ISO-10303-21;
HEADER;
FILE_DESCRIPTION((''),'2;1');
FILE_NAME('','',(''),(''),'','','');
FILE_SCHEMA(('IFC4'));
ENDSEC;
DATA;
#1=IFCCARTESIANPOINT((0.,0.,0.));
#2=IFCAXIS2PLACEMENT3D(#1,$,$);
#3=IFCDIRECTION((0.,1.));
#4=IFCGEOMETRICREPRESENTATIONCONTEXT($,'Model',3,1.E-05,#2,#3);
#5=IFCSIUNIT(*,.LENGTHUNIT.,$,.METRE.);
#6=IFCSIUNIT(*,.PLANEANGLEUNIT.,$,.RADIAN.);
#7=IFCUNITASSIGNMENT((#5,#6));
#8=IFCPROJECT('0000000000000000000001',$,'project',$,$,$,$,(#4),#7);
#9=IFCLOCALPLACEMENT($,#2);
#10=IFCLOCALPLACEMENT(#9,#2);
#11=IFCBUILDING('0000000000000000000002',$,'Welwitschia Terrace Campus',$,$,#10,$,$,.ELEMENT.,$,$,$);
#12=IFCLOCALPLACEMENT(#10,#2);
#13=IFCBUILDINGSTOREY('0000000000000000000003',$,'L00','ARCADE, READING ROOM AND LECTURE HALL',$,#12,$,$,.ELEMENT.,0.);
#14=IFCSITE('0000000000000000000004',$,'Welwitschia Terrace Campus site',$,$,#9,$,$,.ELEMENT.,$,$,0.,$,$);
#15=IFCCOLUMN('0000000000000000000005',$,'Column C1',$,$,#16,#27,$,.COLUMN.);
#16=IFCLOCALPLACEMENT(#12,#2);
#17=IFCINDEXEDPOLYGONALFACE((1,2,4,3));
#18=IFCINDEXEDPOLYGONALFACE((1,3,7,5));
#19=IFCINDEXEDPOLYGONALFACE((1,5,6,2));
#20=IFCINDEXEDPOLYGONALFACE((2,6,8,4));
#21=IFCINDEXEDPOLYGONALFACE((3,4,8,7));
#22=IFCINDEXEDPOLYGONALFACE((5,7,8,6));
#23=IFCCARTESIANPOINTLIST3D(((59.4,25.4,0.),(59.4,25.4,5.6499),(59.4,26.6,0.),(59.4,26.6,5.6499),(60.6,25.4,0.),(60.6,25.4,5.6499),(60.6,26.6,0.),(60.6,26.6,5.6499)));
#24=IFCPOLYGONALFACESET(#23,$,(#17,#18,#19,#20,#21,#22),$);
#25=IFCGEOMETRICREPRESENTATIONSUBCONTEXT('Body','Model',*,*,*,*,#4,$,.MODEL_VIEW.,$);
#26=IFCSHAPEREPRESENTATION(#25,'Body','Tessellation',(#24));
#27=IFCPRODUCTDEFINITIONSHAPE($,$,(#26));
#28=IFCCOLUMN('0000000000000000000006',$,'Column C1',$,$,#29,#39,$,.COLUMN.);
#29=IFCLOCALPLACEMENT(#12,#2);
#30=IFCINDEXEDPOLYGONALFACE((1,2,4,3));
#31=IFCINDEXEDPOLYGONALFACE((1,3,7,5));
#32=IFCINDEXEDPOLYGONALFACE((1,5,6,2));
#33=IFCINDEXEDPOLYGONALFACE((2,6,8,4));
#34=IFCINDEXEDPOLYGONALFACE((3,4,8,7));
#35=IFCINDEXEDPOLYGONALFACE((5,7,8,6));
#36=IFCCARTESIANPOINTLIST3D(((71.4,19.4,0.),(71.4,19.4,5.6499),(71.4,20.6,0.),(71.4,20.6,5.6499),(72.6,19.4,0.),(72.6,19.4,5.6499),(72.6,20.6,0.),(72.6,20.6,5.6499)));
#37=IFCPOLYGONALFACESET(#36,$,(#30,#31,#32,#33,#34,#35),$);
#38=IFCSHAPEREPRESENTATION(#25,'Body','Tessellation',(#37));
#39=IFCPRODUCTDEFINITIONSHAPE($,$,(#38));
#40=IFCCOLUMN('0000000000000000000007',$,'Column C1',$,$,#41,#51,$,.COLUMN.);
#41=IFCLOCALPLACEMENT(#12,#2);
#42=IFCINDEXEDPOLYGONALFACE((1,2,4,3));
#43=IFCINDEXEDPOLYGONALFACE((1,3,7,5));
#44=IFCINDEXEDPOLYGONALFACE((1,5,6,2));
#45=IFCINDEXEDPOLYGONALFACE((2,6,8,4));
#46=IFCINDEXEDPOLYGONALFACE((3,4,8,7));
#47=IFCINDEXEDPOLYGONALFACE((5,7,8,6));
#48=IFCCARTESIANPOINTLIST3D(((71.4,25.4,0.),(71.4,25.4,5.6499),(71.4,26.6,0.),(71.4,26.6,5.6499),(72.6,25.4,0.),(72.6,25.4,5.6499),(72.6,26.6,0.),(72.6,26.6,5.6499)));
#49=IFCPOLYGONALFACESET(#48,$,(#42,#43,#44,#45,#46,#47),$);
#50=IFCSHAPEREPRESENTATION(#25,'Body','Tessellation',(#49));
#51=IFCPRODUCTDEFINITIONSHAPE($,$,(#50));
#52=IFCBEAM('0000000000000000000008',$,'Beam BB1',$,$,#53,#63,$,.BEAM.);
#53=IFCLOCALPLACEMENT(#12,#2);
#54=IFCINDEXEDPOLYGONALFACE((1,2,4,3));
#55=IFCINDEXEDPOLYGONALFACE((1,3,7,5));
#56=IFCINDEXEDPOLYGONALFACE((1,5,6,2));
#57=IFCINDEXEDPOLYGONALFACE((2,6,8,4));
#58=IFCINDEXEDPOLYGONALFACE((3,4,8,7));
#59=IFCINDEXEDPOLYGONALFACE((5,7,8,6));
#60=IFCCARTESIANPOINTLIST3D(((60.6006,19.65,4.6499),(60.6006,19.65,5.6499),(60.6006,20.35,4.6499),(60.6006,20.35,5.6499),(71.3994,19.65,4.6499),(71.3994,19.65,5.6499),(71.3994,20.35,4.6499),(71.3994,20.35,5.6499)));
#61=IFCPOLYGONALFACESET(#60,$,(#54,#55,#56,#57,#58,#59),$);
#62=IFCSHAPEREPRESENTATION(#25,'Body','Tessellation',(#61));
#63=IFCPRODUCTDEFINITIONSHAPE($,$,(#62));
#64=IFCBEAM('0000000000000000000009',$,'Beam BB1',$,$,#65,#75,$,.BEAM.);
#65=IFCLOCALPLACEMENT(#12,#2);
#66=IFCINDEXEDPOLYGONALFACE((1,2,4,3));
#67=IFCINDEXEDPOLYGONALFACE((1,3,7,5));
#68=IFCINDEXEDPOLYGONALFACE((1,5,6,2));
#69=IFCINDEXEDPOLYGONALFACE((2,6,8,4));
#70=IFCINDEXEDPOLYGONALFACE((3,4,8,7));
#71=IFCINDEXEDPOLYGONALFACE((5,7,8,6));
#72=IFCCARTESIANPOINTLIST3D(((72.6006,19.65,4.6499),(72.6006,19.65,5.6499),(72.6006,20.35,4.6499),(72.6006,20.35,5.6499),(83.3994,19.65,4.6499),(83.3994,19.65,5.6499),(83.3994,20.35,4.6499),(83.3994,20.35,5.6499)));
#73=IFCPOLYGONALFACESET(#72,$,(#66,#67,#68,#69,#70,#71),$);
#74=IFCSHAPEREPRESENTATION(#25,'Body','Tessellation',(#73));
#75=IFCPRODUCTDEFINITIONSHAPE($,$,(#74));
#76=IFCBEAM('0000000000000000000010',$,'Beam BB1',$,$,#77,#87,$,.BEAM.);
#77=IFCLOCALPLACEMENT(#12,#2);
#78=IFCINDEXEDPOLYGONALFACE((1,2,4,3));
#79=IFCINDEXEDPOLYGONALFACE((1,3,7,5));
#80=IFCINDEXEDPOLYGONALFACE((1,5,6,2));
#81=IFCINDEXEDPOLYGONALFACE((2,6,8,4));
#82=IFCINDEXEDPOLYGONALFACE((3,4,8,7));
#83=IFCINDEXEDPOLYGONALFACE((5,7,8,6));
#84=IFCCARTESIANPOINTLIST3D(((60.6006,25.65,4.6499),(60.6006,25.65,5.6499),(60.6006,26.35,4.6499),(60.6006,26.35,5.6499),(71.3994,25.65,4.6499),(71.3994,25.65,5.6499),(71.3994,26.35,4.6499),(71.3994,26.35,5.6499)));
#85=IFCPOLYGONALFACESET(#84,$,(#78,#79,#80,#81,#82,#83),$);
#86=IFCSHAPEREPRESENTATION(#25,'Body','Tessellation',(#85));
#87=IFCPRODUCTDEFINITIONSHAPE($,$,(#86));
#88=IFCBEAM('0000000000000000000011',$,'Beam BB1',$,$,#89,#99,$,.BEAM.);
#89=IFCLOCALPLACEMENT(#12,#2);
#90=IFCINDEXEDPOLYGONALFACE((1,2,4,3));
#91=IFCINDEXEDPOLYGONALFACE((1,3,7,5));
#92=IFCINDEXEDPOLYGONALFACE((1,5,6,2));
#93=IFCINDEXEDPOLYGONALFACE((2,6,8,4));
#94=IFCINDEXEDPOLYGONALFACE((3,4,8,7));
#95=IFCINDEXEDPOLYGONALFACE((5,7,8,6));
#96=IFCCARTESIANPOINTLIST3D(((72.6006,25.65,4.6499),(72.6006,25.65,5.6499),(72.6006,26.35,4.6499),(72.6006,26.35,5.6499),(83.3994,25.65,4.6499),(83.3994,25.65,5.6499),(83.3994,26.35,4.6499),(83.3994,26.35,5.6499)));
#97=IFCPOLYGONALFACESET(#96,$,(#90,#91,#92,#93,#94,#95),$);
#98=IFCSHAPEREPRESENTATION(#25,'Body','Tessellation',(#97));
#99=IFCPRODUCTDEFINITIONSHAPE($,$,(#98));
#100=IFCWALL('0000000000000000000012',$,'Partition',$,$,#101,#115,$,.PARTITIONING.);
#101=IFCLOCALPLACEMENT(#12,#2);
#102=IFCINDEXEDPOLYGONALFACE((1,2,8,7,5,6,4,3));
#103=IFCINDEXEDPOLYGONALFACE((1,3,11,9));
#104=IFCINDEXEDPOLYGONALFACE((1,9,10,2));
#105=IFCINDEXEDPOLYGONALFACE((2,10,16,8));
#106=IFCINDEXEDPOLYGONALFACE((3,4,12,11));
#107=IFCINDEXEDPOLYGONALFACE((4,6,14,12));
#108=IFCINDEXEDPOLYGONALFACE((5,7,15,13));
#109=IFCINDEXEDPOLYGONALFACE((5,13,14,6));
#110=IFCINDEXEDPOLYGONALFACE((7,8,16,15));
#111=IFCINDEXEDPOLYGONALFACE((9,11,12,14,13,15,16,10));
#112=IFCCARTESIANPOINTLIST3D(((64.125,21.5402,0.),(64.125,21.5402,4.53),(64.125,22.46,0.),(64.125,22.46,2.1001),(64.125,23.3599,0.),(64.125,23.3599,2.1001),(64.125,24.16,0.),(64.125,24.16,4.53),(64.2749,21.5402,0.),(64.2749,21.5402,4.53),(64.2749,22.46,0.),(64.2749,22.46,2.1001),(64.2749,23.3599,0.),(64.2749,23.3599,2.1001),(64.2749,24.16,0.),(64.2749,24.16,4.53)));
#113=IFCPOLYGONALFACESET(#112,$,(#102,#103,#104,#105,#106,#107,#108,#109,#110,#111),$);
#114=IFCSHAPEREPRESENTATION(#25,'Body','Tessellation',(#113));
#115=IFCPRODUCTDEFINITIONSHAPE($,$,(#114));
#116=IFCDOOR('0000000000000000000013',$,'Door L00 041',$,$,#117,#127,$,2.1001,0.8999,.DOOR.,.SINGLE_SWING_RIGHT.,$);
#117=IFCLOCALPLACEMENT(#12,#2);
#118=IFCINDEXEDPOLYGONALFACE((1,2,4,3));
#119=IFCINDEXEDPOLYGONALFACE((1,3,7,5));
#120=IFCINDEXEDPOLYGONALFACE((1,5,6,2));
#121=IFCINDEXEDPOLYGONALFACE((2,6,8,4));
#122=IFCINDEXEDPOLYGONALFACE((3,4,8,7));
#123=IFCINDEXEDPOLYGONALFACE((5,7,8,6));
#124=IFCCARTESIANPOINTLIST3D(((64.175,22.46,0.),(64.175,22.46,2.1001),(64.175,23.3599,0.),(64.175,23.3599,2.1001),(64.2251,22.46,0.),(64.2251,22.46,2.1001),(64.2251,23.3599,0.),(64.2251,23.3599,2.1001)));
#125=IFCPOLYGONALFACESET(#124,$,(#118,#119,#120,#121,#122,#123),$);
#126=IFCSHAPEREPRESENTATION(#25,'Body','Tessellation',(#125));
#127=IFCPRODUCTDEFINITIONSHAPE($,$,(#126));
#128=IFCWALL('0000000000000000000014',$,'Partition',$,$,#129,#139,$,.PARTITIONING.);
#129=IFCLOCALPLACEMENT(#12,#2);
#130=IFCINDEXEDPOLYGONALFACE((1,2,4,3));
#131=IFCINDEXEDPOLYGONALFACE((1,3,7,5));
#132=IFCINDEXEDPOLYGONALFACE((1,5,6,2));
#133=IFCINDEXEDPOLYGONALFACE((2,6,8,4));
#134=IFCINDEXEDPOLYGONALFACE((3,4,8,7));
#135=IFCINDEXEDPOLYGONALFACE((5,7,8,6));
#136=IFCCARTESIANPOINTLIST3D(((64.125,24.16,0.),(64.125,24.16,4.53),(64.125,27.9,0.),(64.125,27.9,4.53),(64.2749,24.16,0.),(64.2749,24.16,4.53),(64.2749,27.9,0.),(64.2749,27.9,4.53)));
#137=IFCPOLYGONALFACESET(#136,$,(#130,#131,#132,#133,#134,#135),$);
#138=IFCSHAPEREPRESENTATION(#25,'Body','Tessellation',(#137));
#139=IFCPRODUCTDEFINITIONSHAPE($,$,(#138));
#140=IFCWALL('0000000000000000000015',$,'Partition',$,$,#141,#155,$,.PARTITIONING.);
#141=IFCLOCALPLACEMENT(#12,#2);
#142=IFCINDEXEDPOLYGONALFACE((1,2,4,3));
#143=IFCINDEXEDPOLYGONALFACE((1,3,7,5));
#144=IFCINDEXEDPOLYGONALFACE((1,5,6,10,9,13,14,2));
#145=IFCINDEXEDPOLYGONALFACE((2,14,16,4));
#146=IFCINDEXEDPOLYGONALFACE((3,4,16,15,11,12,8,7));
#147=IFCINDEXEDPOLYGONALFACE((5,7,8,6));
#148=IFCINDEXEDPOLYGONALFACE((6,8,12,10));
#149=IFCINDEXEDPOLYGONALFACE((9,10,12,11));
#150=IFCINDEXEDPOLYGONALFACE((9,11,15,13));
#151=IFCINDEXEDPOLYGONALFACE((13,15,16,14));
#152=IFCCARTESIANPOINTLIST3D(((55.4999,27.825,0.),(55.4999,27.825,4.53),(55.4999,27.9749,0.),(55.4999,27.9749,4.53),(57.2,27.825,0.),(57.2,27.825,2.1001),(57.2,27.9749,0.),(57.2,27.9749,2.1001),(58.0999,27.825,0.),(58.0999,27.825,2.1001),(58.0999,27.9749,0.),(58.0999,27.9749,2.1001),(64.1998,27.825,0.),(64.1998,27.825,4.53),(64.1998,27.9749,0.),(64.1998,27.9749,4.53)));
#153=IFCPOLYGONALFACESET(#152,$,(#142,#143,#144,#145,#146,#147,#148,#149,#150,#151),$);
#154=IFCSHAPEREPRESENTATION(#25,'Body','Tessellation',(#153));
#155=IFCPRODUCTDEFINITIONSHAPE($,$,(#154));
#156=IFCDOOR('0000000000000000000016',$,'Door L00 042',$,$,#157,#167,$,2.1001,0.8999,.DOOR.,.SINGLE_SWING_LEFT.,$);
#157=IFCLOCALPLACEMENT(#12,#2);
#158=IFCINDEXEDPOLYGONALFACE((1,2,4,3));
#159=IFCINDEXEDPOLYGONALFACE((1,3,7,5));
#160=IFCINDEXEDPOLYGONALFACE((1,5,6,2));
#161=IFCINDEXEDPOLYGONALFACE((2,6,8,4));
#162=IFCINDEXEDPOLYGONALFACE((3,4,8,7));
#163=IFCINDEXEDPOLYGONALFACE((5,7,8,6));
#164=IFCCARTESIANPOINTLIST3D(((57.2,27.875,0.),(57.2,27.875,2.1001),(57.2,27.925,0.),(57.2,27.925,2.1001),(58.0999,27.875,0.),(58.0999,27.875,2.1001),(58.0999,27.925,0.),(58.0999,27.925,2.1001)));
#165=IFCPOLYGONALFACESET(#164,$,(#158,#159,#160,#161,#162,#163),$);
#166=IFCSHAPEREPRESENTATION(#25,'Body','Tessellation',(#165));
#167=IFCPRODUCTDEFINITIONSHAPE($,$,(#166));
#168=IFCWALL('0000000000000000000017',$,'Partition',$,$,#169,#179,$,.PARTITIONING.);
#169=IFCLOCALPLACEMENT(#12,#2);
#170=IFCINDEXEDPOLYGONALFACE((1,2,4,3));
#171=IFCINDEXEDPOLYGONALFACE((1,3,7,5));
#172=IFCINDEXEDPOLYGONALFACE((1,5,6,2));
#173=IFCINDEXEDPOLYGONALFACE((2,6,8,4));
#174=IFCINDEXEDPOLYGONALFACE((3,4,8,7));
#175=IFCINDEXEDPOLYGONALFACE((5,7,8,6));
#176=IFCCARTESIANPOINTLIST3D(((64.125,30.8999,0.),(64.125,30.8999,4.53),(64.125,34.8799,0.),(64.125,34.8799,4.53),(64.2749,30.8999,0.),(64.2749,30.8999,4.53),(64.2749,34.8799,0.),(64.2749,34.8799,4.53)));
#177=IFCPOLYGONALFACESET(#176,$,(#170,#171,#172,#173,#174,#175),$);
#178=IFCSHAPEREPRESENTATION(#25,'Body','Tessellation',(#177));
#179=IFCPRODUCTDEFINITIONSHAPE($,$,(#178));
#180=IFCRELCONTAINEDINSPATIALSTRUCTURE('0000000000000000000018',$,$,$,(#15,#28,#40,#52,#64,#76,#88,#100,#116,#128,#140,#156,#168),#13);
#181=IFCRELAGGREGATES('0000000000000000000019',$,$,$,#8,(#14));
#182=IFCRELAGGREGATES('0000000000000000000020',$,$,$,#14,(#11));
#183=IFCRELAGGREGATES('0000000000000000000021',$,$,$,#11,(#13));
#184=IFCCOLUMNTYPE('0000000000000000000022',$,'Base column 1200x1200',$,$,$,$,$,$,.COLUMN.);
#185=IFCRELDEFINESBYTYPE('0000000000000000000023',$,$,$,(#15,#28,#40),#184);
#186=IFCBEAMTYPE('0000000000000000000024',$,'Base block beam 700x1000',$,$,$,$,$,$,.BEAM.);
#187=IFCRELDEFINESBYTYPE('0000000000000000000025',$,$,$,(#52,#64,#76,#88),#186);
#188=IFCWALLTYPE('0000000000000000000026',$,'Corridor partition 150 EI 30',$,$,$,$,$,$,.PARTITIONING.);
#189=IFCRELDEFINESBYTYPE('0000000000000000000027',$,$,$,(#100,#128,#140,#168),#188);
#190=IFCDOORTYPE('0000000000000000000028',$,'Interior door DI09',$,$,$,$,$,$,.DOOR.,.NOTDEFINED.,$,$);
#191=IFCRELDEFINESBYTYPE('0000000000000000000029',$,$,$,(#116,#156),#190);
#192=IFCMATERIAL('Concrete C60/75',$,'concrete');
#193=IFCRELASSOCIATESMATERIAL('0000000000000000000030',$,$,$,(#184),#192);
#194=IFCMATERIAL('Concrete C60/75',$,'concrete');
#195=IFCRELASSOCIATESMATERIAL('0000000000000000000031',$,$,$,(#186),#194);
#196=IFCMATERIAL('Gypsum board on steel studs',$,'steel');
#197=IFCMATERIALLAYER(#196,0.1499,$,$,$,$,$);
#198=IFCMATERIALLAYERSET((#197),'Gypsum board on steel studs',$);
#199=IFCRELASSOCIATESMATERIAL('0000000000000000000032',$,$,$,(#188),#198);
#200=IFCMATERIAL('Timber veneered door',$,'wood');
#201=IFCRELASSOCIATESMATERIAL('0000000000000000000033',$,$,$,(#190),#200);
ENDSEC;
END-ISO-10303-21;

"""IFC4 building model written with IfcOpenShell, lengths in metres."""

from ifc_helpers import new_model, si_unit, direction, frame, frame_2d, origin, origin_2d, place, context, subcontext, project, spatial, rectangle, extrude, material, layer, layer_set, material_profile, profile_set, type_object, element, fill, save


model = new_model("IFC4")

# Units and contexts
model_context = context("Model", 3, precision=1e-05, world=origin(), true_north=direction((0.0, 1.0)))
body_context = subcontext(model_context, "Body", "Model", "MODEL_VIEW")
ifc_project = project(units=[si_unit("LENGTHUNIT", "METRE"), si_unit("PLANEANGLEUNIT", "RADIAN")], contexts=[model_context])

# Site, building, storey
site_placement = place(None, origin())
site = spatial("IfcSite", under=ifc_project, at=site_placement, Name="Welwitschia Terrace Campus site", CompositionType="ELEMENT", RefElevation=0.0)
building_placement = place(site_placement, origin())
building = spatial("IfcBuilding", under=site, at=building_placement, Name="Welwitschia Terrace Campus", CompositionType="ELEMENT")
storey_placement = place(building_placement, origin())
storey = spatial("IfcBuildingStorey", under=building, at=storey_placement, Name="L00", Description="ARCADE, READING ROOM AND LECTURE HALL", CompositionType="ELEMENT", Elevation=0.0)

# Columns
ifc_material_1 = material(Name="Concrete C60/75", Category="concrete")
ifc_material_profile_1 = material_profile(ifc_material_1, rectangle(XDim=1.2, YDim=1.2, at=origin_2d()))
ifc_profile_set_1 = profile_set([ifc_material_profile_1], Name="Concrete C60/75")
column_type = type_object("IfcColumnType", Name="Base column 1200x1200", PredefinedType="COLUMN", material=ifc_profile_set_1)
for number, where, z_axis, x_axis, name in (
    (1, (60.0, 26.0, 0.0), (0.0, 0.0, 1.0), (1.0, 0.0, 0.0), "Column C1"),
    (2, (72.0, 20.0, 0.0), (0.0, 0.0, 1.0), (1.0, 0.0, 0.0), "Column C1"),
    (3, (72.0, 26.0, 0.0), (0.0, 0.0, 1.0), (1.0, 0.0, 0.0), "Column C1"),
):
    element("IfcColumn", number, at=place(storey_placement, frame(where, z_axis=z_axis, x_axis=x_axis)), inside=storey, type_object=column_type, Name=name, PredefinedType="COLUMN", context=body_context, shape_type="SweptSolid", body=[
        extrude(rectangle(XDim=1.2, YDim=1.2, at=origin_2d()), origin(), (0.0, 0.0, 1.0), 5.6499),
    ])

# Beams
ifc_material_2 = material(Name="Concrete C60/75", Category="concrete")
ifc_material_profile_2 = material_profile(ifc_material_2, rectangle(XDim=0.7, YDim=1.0, at=origin_2d()))
ifc_profile_set_2 = profile_set([ifc_material_profile_2], Name="Concrete C60/75")
beam_type = type_object("IfcBeamType", Name="Base block beam 700x1000", PredefinedType="BEAM", material=ifc_profile_set_2)
for number, where, z_axis, x_axis, name in (
    (4, (60.6006, 20.0, 5.1499), (1.0, 0.0, 0.0), (0.0, 1.0, 0.0), "Beam BB1"),
    (5, (72.6006, 20.0, 5.1499), (1.0, 0.0, 0.0), (0.0, 1.0, 0.0), "Beam BB1"),
    (6, (60.6006, 26.0, 5.1499), (1.0, 0.0, 0.0), (0.0, 1.0, 0.0), "Beam BB1"),
    (7, (72.6006, 26.0, 5.1499), (1.0, 0.0, 0.0), (0.0, 1.0, 0.0), "Beam BB1"),
):
    element("IfcBeam", number, at=place(storey_placement, frame(where, z_axis=z_axis, x_axis=x_axis)), inside=storey, type_object=beam_type, Name=name, PredefinedType="BEAM", context=body_context, shape_type="SweptSolid", body=[
        extrude(rectangle(XDim=0.7, YDim=1.0, at=origin_2d()), origin(), (0.0, 0.0, 1.0), 10.7988),
    ])

# Wall, opening, door
ifc_material_3 = material(Name="Gypsum board on steel studs", Category="steel")
ifc_layer = layer(ifc_material_3, 0.1499)
ifc_layer_set = layer_set([ifc_layer], Name="Gypsum board on steel studs")
wall_type = type_object("IfcWallType", Name="Corridor partition 150 EI 30", PredefinedType="PARTITIONING", material=ifc_layer_set)
wall_1_placement = place(storey_placement, frame((64.2, 21.54, 0.0), z_axis=(0.0, 0.0, 1.0), x_axis=(0.0, 1.0, 0.0)))
wall_1 = element("IfcWall", 8, at=wall_1_placement, inside=storey, type_object=wall_type, Name="Partition", PredefinedType="PARTITIONING", context=body_context, shape_type="SweptSolid", body=[
    extrude(rectangle(XDim=2.6199, YDim=0.1499, at=frame_2d((1.3101, 0.0))), origin(), (0.0, 0.0, 1.0), 4.53),
])
opening_1_placement = place(wall_1_placement, frame((0.9199, 0.0, 0.0)))
opening_1 = element("IfcOpeningElement", 9, at=opening_1_placement, cuts=wall_1, PredefinedType="OPENING", context=body_context, shape_type="SweptSolid", body=[
    extrude(rectangle(XDim=0.8999, YDim=2.1001, at=frame_2d((0.45, 1.05))), frame((0.0, 0.085, 0.0), z_axis=(0.0, -1.0, 0.0), x_axis=(1.0, 0.0, 0.0)), (0.0, 0.0, 1.0), 0.1699),
])
ifc_material_4 = material(Name="Timber veneered door", Category="wood")
door_type_1 = type_object("IfcDoorType", Name="Interior door DI09", OperationType="NOTDEFINED", PredefinedType="DOOR", material=ifc_material_4)
door_1_placement = place(opening_1_placement, origin())
door_1 = element("IfcDoor", 10, at=door_1_placement, inside=storey, type_object=door_type_1, Name="Door L00 041", OperationType="SINGLE_SWING_RIGHT", OverallHeight=2.1001, OverallWidth=0.8999, PredefinedType="DOOR", context=body_context, shape_type="SweptSolid", body=[
    extrude(rectangle(XDim=0.8999, YDim=2.1001, at=frame_2d((0.45, 1.05))), frame((0.0, 0.0249, 0.0), z_axis=(0.0, -1.0, 0.0), x_axis=(1.0, 0.0, 0.0)), (0.0, 0.0, 1.0), 0.05),
])
fill(opening_1, door_1)

# Wall
wall_2_placement = place(storey_placement, frame((64.2, 24.1599, 0.0), z_axis=(0.0, 0.0, 1.0), x_axis=(0.0, 1.0, 0.0)))
element("IfcWall", 11, at=wall_2_placement, inside=storey, type_object=wall_type, Name="Partition", PredefinedType="PARTITIONING", context=body_context, shape_type="SweptSolid", body=[
    extrude(rectangle(XDim=3.74, YDim=0.1499, at=frame_2d((1.8701, 0.0))), origin(), (0.0, 0.0, 1.0), 4.53),
])

# Wall, opening, door
wall_3_placement = place(storey_placement, frame((64.2, 27.8999, 0.0), z_axis=(0.0, 0.0, 1.0), x_axis=(-1.0, 0.0, 0.0)))
wall_3 = element("IfcWall", 12, at=wall_3_placement, inside=storey, type_object=wall_type, Name="Partition", PredefinedType="PARTITIONING", context=body_context, shape_type="SweptSolid", body=[
    extrude(rectangle(XDim=8.7, YDim=0.1499, at=frame_2d((4.3501, 0.0))), origin(), (0.0, 0.0, 1.0), 4.53),
])
opening_2_placement = place(wall_3_placement, frame((6.1001, 0.0, 0.0)))
opening_2 = element("IfcOpeningElement", 13, at=opening_2_placement, cuts=wall_3, PredefinedType="OPENING", context=body_context, shape_type="SweptSolid", body=[
    extrude(rectangle(XDim=0.8999, YDim=2.1001, at=frame_2d((0.45, 1.05))), frame((0.0, 0.085, 0.0), z_axis=(0.0, -1.0, 0.0), x_axis=(1.0, 0.0, 0.0)), (0.0, 0.0, 1.0), 0.1699),
])
door_2_placement = place(opening_2_placement, origin())
door_2 = element("IfcDoor", 14, at=door_2_placement, inside=storey, type_object=door_type_1, Name="Door L00 042", OperationType="SINGLE_SWING_LEFT", OverallHeight=2.1001, OverallWidth=0.8999, PredefinedType="DOOR", context=body_context, shape_type="SweptSolid", body=[
    extrude(rectangle(XDim=0.8999, YDim=2.1001, at=frame_2d((0.45, 1.05))), frame((0.0, 0.0249, 0.0), z_axis=(0.0, -1.0, 0.0), x_axis=(1.0, 0.0, 0.0)), (0.0, 0.0, 1.0), 0.05),
])
fill(opening_2, door_2)

# Wall
wall_4_placement = place(storey_placement, frame((64.2, 30.8999, 0.0), z_axis=(0.0, 0.0, 1.0), x_axis=(0.0, 1.0, 0.0)))
element("IfcWall", 15, at=wall_4_placement, inside=storey, type_object=wall_type, Name="Partition", PredefinedType="PARTITIONING", context=body_context, shape_type="SweptSolid", body=[
    extrude(rectangle(XDim=3.98, YDim=0.1499, at=frame_2d((1.99, 0.0))), origin(), (0.0, 0.0, 1.0), 4.53),
])

save(model, "model.ifc")
